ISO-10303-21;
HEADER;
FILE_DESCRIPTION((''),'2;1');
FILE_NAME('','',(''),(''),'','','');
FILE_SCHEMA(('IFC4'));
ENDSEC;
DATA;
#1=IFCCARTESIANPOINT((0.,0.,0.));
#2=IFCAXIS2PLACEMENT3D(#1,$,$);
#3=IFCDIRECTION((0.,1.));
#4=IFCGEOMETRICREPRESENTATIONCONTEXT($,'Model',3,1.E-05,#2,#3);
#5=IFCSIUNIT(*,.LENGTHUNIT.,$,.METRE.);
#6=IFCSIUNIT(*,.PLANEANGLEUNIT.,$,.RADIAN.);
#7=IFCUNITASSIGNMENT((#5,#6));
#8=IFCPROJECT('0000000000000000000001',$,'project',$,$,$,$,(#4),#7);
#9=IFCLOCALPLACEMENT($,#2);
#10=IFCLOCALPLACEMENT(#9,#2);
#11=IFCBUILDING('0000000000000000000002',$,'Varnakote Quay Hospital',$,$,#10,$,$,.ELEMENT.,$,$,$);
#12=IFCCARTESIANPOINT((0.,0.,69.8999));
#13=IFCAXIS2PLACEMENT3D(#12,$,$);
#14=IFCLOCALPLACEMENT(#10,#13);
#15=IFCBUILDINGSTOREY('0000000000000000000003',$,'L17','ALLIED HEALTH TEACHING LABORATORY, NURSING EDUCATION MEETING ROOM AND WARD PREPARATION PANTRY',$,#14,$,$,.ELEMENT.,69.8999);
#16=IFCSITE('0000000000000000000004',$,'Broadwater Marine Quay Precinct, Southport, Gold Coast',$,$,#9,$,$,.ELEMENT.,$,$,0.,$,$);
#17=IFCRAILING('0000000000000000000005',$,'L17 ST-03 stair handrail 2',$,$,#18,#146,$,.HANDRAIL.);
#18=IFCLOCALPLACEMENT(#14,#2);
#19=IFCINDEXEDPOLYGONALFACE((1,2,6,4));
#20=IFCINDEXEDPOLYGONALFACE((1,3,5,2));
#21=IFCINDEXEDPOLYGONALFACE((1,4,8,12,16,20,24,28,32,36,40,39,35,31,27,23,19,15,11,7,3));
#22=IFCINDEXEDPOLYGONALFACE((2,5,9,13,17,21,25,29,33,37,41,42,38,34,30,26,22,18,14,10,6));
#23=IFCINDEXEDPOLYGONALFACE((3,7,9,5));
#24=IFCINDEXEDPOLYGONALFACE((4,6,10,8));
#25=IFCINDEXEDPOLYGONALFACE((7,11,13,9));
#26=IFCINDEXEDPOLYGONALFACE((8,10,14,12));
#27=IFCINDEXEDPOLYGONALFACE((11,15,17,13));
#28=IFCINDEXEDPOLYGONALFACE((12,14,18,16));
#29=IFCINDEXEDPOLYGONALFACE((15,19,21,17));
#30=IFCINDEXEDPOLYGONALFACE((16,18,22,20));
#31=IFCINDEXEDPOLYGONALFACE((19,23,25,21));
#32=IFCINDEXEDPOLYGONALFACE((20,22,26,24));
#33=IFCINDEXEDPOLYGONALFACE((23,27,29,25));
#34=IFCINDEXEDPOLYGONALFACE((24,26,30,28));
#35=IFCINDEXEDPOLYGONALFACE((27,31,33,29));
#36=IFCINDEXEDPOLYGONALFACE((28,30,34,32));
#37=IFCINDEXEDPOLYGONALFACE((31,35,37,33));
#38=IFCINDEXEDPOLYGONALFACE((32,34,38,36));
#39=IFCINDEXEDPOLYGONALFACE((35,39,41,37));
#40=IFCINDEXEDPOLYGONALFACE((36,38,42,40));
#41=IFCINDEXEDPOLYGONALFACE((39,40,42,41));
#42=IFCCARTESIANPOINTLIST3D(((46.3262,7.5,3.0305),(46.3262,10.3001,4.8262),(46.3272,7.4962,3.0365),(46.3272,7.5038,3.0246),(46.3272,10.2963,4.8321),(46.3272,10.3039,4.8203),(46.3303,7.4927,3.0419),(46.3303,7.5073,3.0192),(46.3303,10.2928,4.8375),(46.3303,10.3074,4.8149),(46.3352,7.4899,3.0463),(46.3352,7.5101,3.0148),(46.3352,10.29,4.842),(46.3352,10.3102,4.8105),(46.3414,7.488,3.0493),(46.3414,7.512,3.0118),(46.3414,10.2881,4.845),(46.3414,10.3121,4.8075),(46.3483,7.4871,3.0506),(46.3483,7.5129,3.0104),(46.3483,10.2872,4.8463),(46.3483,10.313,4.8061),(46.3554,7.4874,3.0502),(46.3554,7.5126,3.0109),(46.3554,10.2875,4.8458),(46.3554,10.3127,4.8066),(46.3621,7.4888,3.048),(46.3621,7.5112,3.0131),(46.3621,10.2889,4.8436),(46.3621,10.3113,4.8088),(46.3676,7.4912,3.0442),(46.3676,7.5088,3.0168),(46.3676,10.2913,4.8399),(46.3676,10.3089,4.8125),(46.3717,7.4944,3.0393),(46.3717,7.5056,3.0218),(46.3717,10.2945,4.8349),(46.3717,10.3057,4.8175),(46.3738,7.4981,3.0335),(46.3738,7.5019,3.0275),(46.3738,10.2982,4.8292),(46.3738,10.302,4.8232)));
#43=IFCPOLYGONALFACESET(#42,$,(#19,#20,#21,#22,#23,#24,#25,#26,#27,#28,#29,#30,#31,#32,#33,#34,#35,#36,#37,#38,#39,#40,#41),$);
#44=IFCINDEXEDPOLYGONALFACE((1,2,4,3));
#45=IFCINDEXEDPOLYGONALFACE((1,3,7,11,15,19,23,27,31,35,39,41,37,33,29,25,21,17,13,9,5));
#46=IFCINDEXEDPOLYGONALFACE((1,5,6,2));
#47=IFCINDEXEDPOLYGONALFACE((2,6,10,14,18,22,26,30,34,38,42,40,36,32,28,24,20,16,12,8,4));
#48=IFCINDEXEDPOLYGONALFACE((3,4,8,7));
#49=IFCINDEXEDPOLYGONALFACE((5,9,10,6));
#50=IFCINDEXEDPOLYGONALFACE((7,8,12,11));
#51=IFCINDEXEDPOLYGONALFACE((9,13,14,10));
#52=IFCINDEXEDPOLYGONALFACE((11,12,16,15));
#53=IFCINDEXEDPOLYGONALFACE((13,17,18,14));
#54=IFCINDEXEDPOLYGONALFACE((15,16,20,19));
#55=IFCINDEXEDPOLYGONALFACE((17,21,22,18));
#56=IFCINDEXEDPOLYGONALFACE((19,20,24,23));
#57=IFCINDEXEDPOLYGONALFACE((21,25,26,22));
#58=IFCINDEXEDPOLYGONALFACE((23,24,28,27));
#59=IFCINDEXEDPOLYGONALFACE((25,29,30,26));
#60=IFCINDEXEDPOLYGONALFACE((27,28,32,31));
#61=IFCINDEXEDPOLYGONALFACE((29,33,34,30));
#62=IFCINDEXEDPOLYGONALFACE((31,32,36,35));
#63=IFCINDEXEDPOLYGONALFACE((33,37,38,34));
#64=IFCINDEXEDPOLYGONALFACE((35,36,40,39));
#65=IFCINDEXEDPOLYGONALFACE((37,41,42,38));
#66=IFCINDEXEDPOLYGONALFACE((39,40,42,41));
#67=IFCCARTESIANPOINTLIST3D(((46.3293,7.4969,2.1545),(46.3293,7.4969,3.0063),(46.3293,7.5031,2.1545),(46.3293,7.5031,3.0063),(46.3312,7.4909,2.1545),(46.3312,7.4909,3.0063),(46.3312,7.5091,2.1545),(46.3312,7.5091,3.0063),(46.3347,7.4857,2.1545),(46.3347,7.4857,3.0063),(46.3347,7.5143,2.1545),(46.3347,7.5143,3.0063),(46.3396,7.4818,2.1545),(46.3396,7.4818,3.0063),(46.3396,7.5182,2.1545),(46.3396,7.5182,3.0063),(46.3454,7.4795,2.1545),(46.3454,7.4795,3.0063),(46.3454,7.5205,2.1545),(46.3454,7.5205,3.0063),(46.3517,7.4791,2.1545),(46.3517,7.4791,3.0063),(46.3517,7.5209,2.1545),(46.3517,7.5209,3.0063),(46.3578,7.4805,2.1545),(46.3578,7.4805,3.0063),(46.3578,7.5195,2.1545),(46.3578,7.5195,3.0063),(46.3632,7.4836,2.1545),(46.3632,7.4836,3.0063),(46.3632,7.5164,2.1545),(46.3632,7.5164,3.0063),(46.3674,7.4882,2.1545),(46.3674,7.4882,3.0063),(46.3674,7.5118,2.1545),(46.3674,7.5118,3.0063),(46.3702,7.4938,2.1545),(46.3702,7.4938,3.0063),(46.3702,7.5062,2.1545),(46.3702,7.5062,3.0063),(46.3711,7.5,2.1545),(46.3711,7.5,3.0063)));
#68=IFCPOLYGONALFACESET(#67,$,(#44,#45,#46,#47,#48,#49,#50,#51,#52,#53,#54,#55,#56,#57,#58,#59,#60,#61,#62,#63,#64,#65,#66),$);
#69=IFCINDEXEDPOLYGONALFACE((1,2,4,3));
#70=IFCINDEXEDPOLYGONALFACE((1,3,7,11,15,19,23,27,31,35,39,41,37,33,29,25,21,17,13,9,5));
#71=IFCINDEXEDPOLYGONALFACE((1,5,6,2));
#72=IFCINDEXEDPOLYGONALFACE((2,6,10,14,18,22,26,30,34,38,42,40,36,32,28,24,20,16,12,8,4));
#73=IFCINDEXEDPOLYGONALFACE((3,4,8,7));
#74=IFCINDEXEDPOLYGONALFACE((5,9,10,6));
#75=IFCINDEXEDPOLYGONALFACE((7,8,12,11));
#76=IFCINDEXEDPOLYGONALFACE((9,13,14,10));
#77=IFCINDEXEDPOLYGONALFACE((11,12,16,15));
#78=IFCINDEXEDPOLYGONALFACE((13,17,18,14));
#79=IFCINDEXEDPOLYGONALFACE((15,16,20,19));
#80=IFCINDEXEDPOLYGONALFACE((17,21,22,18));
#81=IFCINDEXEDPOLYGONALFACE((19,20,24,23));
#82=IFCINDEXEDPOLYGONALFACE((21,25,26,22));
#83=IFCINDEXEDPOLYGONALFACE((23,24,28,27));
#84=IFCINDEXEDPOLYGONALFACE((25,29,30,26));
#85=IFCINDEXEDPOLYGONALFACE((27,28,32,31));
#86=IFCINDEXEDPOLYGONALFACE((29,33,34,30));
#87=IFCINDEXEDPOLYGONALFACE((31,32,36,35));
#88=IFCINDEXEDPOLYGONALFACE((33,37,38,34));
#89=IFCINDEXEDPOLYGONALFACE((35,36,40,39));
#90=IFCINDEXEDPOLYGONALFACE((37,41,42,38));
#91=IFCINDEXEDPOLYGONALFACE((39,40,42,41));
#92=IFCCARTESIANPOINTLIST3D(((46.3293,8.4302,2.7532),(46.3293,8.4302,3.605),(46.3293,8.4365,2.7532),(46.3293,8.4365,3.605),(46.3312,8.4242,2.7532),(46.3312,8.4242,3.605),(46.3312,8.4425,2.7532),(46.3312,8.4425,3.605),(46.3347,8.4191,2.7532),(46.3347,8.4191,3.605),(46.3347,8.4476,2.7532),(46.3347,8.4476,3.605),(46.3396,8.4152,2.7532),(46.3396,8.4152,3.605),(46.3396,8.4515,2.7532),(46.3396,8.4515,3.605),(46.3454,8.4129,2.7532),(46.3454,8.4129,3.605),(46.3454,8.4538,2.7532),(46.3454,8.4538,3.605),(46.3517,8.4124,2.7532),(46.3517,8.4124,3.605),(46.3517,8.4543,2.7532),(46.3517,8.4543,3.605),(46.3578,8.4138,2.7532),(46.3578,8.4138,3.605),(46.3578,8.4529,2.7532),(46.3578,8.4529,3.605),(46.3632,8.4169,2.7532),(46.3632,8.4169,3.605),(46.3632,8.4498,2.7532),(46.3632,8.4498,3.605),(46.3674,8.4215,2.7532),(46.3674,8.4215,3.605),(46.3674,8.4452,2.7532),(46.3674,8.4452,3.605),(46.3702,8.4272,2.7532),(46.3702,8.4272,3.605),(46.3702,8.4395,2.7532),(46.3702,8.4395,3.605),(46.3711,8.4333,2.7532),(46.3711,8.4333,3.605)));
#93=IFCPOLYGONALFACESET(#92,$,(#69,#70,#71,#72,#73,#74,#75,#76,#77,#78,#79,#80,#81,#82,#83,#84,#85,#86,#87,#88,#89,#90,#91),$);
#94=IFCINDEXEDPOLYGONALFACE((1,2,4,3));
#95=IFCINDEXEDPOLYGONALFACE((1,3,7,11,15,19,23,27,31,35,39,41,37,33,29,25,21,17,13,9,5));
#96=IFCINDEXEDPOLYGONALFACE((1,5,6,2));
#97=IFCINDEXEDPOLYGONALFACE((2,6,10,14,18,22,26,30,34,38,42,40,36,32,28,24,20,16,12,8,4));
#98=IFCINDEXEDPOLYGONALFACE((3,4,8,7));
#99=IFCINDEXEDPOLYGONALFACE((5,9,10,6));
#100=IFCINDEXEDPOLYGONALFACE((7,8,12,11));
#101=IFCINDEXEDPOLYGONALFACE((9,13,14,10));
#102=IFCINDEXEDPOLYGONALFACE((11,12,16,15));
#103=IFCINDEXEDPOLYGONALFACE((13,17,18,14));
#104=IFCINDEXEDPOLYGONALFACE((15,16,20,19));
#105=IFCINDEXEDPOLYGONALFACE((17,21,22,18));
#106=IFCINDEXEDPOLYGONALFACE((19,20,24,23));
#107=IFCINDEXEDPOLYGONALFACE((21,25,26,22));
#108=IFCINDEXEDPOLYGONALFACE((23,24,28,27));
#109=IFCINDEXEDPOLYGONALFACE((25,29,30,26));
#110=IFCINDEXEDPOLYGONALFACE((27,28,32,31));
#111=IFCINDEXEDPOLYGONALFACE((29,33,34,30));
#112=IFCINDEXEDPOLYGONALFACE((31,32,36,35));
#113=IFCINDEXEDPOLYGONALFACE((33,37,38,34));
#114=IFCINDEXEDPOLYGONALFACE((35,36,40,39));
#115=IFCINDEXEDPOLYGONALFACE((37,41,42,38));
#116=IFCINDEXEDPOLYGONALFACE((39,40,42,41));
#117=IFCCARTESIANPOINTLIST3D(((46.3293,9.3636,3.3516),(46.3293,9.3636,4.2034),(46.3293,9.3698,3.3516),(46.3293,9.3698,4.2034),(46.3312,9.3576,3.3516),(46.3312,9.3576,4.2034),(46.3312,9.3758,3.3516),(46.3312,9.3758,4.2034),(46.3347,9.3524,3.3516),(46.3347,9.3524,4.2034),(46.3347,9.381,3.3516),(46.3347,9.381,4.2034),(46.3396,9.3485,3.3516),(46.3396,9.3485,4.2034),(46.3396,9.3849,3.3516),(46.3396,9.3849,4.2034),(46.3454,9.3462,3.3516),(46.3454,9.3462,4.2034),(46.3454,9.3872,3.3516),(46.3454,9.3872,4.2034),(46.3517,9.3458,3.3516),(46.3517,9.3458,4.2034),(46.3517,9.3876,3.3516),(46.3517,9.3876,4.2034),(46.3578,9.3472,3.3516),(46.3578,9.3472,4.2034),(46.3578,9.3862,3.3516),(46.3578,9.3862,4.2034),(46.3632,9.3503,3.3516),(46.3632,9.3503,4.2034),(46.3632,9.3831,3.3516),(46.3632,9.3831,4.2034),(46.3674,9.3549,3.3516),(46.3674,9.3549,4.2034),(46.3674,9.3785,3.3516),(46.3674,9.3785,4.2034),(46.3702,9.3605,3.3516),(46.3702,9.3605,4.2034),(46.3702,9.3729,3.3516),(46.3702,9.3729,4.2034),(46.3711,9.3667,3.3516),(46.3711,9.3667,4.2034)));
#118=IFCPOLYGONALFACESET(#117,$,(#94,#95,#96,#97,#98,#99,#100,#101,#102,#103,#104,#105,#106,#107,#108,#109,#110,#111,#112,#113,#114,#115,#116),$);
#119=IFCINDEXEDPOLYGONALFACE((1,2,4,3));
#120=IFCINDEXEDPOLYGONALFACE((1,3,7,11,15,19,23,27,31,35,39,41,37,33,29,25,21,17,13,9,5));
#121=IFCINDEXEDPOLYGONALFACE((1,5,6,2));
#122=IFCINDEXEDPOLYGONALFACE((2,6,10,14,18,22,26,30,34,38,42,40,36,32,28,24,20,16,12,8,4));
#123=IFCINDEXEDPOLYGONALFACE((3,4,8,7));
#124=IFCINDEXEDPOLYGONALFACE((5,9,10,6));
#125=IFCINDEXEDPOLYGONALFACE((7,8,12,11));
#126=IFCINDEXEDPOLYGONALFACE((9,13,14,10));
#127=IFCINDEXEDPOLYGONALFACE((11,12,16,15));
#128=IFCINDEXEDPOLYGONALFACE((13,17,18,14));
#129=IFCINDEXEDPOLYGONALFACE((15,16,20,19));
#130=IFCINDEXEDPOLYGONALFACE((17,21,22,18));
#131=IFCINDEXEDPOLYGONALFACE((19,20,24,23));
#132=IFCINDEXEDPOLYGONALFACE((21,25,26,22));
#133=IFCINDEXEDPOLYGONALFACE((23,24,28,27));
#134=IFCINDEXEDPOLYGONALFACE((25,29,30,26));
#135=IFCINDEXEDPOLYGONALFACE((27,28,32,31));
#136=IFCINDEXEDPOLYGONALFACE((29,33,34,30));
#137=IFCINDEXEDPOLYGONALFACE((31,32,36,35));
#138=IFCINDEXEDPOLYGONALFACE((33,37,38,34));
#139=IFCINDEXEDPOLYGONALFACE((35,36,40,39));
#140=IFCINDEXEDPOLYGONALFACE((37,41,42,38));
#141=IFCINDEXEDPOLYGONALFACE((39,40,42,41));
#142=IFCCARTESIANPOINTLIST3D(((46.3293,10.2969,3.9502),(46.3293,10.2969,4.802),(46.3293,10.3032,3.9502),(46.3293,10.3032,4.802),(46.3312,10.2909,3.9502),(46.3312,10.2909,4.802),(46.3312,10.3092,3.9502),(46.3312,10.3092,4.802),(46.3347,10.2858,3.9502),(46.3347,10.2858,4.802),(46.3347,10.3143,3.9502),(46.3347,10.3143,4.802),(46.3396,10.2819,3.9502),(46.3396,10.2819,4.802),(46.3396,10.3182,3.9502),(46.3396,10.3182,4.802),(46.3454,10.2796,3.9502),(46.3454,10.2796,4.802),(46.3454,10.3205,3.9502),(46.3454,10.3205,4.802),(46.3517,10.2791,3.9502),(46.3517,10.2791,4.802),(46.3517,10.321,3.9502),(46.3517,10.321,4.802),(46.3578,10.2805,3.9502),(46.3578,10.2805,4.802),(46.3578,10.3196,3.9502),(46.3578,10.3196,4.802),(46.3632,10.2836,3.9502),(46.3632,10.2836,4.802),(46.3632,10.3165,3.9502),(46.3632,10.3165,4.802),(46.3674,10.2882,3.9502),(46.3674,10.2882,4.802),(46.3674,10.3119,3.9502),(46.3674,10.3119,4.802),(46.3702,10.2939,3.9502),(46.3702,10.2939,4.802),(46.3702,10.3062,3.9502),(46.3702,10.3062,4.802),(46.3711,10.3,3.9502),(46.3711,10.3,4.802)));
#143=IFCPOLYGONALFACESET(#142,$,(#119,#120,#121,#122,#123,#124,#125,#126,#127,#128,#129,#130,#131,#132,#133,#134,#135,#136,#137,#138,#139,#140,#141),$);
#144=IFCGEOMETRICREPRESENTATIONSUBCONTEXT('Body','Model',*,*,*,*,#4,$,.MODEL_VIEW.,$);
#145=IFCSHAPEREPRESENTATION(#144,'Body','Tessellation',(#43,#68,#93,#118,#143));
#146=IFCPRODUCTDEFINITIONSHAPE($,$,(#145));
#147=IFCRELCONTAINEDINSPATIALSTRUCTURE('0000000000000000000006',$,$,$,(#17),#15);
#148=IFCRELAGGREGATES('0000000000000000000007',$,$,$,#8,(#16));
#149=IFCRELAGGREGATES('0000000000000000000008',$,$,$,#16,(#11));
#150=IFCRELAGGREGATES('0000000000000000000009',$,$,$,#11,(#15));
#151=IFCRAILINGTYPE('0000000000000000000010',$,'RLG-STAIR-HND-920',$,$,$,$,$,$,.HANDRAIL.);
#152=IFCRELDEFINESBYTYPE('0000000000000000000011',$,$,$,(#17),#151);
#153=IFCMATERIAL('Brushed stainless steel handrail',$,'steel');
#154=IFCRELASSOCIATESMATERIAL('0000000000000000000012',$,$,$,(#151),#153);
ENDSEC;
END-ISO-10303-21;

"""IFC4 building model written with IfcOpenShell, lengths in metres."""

from ifc_helpers import new_model, si_unit, direction, frame, origin, origin_2d, place, context, subcontext, project, spatial, circle, extrude, material, type_object, element, save


model = new_model("IFC4")

# Units and contexts
model_context = context("Model", 3, precision=1e-05, world=origin(), true_north=direction((0.0, 1.0)))
body_context = subcontext(model_context, "Body", "Model", "MODEL_VIEW")
ifc_project = project(units=[si_unit("LENGTHUNIT", "METRE"), si_unit("PLANEANGLEUNIT", "RADIAN")], contexts=[model_context])

# Site, building, storey
site_placement = place(None, origin())
site = spatial("IfcSite", under=ifc_project, at=site_placement, Name="Broadwater Marine Quay Precinct, Southport, Gold Coast", CompositionType="ELEMENT", RefElevation=0.0)
building_placement = place(site_placement, origin())
building = spatial("IfcBuilding", under=site, at=building_placement, Name="Varnakote Quay Hospital", CompositionType="ELEMENT")
storey_placement = place(building_placement, frame((0.0, 0.0, 69.8999)))
storey = spatial("IfcBuildingStorey", under=building, at=storey_placement, Name="L17", Description="ALLIED HEALTH TEACHING LABORATORY, NURSING EDUCATION MEETING ROOM AND WARD PREPARATION PANTRY", CompositionType="ELEMENT", Elevation=69.8999)

# Railing
ifc_material_1 = material(Name="Brushed stainless steel handrail", Category="steel")
railing_type_1 = type_object("IfcRailingType", Name="RLG-STAIR-HND-920", PredefinedType="HANDRAIL", material=ifc_material_1)
railing_1_placement = place(storey_placement, frame((46.3501, 7.5, 2.1545)))
element("IfcRailing", 1, at=railing_1_placement, inside=storey, type_object=railing_type_1, Name="L17 ST-03 stair handrail 2", PredefinedType="HANDRAIL", context=body_context, shape_type="SweptSolid", body=[
    extrude(circle(Radius=0.0239, at=origin_2d()), frame((0.0, 0.0, 0.876), z_axis=(0.0, 0.841777, 0.539826), x_axis=(-1.0, 0.0, 0.0)), (0.0, 0.0, 1.0), 3.3264),
    extrude(circle(Radius=0.021, at=origin_2d()), origin(), (0.0, 0.0, 1.0), 0.8518),
    extrude(circle(Radius=0.021, at=origin_2d()), frame((0.0, 0.9333, 0.5986)), (0.0, 0.0, 1.0), 0.8518),
    extrude(circle(Radius=0.021, at=origin_2d()), frame((0.0, 1.8667, 1.197)), (0.0, 0.0, 1.0), 0.8518),
    extrude(circle(Radius=0.021, at=origin_2d()), frame((0.0, 2.8, 1.7957)), (0.0, 0.0, 1.0), 0.8518),
])

save(model, "model.ifc")
